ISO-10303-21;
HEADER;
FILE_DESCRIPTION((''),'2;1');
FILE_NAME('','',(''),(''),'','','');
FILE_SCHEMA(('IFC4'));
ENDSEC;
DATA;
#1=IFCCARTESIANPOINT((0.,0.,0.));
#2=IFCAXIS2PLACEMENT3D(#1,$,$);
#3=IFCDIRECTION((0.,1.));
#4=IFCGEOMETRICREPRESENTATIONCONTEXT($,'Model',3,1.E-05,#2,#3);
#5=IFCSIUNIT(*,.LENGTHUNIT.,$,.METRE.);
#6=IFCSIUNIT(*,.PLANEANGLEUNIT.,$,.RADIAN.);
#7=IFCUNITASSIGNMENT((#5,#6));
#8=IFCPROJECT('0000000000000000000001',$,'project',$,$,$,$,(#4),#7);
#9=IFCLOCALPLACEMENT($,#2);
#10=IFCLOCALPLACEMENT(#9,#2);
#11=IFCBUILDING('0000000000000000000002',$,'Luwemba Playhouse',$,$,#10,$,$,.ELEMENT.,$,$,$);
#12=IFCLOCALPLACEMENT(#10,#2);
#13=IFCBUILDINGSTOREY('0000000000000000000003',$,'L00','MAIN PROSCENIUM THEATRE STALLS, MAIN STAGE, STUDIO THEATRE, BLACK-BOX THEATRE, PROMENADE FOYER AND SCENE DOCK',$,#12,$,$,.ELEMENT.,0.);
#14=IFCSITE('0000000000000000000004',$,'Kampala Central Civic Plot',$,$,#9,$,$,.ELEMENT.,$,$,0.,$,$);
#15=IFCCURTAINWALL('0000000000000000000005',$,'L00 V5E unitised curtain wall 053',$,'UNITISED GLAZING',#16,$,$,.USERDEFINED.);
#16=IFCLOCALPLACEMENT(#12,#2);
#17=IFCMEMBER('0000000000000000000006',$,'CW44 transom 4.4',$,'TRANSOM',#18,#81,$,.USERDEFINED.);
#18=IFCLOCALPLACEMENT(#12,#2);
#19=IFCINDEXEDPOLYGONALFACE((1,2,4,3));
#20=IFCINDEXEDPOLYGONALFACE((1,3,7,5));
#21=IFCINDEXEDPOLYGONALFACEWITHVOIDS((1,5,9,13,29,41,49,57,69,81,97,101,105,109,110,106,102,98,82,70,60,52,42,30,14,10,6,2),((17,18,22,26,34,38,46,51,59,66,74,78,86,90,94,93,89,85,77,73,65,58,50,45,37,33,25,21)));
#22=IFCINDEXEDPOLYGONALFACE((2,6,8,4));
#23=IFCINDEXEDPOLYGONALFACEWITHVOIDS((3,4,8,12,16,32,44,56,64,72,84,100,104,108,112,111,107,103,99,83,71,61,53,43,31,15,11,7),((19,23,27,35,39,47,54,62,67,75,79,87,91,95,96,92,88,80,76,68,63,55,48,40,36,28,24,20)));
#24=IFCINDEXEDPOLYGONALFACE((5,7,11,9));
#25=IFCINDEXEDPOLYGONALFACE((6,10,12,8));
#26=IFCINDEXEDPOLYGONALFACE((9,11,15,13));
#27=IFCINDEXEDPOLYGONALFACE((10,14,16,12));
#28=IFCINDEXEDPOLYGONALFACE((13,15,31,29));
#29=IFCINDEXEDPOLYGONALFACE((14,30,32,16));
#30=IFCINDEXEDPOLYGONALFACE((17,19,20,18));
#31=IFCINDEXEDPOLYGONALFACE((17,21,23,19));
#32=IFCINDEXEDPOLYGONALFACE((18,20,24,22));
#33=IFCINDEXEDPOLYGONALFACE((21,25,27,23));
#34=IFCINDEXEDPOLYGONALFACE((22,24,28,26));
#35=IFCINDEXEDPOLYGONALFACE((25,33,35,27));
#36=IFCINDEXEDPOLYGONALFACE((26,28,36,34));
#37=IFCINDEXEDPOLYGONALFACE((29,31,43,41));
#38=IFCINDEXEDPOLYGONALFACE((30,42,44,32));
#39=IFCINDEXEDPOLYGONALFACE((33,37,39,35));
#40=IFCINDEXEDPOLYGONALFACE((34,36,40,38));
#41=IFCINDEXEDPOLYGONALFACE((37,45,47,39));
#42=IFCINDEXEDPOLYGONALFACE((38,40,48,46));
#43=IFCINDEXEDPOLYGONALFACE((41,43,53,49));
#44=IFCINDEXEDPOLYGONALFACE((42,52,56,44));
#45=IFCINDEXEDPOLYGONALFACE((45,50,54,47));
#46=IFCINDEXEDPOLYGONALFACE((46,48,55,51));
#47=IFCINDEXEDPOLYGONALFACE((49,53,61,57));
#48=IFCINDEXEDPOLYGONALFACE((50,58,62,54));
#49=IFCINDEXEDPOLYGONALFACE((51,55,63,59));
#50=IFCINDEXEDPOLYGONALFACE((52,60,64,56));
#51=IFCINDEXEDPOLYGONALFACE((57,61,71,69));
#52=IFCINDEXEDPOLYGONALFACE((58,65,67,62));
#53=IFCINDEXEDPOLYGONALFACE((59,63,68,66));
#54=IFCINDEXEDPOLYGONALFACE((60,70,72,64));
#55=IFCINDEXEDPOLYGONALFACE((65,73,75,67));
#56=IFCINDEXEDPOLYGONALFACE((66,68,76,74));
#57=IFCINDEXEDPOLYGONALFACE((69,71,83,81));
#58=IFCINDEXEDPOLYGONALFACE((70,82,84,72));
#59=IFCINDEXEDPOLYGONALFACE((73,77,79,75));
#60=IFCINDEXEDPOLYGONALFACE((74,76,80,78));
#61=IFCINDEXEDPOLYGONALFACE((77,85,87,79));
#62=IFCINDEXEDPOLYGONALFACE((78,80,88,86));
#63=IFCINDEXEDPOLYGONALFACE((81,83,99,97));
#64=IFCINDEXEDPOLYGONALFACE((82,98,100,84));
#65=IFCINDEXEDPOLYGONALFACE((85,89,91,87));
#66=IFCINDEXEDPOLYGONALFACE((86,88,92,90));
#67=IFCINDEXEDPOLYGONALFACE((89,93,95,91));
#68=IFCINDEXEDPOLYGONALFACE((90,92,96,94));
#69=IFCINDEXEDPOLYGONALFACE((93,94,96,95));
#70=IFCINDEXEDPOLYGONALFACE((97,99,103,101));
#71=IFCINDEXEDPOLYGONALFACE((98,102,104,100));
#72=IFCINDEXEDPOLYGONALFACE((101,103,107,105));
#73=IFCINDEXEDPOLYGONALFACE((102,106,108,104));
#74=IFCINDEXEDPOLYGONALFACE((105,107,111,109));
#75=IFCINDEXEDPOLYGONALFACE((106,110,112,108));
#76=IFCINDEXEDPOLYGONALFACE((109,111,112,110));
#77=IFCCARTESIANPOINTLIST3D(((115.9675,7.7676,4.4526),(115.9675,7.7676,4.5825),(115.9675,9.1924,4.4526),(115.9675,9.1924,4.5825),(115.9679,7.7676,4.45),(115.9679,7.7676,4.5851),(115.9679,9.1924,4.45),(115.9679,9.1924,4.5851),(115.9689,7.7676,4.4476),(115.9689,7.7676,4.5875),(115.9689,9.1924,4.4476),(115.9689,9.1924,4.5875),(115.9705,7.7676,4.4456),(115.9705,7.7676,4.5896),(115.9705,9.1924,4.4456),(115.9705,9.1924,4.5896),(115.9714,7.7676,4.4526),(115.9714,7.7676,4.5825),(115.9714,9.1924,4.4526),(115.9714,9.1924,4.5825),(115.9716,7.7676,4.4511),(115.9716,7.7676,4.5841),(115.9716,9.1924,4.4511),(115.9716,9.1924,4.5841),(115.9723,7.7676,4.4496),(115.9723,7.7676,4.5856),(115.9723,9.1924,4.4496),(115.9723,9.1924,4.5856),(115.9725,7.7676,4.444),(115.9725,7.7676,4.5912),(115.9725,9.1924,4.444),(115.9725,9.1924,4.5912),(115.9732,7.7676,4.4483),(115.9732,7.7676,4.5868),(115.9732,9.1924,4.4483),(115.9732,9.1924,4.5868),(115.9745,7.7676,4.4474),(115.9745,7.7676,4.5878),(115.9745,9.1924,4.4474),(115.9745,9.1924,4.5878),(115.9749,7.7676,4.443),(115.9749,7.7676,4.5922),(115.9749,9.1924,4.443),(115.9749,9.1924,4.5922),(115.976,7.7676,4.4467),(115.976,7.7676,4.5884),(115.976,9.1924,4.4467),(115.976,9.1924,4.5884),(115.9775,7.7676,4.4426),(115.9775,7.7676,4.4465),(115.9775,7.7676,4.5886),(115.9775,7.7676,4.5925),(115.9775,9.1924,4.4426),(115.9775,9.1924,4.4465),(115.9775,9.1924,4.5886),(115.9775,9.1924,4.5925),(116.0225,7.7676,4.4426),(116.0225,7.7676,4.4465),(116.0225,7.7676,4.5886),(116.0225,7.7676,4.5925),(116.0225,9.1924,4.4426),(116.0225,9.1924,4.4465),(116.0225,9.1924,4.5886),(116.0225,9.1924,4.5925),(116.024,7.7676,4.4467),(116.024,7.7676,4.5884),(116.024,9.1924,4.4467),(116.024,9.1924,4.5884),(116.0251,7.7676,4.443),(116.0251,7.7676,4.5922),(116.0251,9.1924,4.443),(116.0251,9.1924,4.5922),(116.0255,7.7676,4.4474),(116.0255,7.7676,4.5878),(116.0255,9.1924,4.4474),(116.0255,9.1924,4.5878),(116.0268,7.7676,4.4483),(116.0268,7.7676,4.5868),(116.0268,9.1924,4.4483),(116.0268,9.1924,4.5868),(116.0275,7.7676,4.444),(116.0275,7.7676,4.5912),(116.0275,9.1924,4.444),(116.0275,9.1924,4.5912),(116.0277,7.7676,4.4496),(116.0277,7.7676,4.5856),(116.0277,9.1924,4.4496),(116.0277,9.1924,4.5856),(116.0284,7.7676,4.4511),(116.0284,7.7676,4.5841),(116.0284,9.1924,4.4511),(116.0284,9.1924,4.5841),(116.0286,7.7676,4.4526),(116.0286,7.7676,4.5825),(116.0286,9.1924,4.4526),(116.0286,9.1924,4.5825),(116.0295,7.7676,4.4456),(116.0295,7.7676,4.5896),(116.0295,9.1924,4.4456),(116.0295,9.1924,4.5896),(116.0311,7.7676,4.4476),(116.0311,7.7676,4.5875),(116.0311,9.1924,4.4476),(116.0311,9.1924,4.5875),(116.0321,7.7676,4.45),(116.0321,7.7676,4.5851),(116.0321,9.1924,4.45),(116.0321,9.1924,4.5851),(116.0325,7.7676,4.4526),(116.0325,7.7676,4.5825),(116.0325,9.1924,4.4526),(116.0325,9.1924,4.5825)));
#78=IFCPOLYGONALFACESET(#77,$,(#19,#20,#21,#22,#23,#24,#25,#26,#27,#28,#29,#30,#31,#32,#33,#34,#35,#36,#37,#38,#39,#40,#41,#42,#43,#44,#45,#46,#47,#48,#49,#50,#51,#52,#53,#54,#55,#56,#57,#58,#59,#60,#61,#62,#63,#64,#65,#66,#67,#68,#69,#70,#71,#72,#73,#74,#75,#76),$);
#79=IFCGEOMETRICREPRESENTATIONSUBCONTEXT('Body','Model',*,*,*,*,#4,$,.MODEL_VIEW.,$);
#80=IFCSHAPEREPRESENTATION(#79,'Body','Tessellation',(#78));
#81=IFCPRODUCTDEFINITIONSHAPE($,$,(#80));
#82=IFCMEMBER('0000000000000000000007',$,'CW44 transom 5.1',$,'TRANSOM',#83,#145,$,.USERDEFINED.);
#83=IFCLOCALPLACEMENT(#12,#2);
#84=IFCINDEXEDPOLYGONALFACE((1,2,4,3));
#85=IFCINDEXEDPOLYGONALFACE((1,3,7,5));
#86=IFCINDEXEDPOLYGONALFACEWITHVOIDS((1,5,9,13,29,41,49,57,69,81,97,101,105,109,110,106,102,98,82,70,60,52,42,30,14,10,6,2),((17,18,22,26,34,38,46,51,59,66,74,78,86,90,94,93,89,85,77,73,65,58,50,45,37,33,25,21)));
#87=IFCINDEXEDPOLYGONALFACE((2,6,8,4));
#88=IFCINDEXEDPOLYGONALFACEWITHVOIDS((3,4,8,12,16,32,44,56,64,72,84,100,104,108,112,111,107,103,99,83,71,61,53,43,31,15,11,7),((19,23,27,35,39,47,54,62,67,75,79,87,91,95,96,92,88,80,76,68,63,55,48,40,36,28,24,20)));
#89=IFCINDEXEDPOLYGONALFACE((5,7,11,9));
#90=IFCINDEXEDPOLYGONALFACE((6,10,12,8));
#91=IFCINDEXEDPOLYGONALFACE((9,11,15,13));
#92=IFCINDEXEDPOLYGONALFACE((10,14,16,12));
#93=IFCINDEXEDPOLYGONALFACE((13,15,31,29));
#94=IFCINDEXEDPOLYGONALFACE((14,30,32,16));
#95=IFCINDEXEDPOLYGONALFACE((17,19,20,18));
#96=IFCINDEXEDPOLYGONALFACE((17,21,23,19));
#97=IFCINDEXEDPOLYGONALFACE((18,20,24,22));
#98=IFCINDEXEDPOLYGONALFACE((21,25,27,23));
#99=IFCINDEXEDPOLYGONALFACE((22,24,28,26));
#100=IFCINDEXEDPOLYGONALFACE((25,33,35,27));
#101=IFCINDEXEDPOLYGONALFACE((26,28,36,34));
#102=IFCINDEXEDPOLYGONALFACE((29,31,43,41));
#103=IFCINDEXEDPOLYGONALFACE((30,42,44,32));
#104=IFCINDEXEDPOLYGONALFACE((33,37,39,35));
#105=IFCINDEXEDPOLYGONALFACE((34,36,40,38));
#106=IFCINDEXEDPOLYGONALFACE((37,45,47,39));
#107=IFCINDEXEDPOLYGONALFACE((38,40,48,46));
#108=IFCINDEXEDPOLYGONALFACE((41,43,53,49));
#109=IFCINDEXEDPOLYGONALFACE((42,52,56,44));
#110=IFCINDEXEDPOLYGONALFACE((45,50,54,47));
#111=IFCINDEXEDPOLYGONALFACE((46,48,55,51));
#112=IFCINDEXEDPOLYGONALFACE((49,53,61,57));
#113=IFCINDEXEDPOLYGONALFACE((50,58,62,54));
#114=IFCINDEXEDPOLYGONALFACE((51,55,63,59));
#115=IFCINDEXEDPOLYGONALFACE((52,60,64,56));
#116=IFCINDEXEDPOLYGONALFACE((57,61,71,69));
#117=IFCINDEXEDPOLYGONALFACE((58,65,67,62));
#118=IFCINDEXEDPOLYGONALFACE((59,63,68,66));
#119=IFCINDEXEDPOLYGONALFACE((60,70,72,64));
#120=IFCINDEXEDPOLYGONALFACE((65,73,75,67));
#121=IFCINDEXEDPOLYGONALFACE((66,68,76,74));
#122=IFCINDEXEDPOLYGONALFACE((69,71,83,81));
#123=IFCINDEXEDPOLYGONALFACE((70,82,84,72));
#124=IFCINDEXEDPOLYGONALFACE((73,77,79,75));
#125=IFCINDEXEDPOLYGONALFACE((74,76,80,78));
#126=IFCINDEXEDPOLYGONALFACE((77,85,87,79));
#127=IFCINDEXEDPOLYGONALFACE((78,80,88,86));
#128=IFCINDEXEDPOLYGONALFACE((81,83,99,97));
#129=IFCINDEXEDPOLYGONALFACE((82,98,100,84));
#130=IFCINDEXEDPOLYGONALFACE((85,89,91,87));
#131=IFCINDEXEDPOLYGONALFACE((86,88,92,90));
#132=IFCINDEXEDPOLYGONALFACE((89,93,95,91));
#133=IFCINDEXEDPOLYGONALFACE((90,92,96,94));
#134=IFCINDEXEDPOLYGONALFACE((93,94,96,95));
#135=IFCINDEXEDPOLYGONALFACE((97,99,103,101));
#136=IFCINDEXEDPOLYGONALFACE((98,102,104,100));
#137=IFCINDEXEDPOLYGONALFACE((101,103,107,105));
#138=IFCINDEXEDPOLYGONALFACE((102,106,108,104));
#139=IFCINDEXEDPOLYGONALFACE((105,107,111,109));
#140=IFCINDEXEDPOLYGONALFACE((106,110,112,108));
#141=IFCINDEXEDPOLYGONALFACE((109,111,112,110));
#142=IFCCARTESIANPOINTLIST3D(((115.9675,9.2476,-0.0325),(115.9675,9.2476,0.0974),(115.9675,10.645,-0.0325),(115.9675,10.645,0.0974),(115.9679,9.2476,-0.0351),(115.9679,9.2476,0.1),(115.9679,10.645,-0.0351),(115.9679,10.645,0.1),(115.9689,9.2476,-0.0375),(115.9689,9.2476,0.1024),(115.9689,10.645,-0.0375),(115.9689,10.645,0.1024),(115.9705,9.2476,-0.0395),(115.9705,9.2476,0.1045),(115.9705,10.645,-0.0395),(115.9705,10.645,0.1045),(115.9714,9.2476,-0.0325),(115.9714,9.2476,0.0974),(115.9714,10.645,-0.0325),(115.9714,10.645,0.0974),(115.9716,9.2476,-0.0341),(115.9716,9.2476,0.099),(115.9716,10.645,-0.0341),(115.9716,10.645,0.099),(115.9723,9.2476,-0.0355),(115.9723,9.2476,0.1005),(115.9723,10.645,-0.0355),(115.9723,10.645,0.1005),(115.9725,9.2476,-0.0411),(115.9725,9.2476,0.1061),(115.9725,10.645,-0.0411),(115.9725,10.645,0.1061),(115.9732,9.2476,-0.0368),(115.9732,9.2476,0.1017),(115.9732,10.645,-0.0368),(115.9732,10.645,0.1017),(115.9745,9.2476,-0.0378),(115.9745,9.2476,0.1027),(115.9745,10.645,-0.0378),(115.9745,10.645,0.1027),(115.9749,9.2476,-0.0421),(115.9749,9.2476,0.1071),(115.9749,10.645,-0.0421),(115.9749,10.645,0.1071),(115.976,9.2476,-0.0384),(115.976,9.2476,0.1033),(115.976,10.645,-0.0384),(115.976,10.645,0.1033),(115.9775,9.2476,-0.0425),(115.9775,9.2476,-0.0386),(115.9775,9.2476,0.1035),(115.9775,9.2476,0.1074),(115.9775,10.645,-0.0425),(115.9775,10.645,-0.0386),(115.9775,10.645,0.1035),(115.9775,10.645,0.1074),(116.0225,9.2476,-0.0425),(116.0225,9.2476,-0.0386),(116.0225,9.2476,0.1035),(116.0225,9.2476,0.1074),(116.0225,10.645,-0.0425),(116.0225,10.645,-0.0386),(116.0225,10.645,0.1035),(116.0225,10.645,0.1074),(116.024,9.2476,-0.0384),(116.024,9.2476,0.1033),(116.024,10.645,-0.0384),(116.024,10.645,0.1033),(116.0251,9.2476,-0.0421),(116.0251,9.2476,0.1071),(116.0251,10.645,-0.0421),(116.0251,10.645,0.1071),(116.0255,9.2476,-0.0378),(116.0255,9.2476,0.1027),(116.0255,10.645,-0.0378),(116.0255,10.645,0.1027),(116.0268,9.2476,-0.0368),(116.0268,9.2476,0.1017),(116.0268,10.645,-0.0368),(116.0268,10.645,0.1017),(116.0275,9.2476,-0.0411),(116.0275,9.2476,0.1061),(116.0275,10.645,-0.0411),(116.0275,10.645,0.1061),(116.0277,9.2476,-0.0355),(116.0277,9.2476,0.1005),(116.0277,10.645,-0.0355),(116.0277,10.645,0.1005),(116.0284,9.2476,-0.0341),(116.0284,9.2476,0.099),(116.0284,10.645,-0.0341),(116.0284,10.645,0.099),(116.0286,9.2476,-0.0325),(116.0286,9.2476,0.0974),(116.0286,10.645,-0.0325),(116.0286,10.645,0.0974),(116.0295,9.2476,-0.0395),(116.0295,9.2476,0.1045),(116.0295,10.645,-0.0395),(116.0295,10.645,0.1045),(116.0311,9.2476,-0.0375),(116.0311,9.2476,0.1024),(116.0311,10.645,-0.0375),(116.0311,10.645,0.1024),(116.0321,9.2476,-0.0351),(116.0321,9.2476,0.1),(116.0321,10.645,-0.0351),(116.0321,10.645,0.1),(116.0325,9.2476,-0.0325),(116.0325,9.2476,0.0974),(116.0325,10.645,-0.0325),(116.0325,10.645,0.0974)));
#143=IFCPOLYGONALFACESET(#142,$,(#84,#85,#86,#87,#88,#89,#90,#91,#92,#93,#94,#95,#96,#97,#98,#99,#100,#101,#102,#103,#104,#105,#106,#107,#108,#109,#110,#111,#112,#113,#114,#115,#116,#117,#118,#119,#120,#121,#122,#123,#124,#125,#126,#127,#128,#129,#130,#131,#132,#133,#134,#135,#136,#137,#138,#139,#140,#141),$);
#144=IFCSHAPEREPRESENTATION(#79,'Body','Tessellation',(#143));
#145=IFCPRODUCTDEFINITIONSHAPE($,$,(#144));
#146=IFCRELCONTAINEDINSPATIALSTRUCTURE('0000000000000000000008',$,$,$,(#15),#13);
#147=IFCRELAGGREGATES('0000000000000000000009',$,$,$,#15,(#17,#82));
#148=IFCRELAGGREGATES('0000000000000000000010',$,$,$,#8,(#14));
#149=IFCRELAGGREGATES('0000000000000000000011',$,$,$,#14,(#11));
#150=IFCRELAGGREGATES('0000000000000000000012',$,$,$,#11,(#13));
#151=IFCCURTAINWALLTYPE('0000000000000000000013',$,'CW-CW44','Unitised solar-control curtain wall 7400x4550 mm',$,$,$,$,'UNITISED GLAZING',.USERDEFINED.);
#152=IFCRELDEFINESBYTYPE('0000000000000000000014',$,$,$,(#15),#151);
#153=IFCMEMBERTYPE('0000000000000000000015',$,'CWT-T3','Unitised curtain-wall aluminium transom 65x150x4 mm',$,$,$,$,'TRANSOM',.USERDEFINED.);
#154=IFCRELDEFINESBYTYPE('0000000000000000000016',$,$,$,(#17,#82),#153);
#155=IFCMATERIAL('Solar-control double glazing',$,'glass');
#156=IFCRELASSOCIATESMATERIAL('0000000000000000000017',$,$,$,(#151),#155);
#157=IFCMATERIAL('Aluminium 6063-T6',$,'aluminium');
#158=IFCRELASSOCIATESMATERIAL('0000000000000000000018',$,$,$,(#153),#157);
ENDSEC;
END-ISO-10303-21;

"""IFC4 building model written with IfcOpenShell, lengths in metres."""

from ifc_helpers import new_model, si_unit, direction, frame, origin, origin_2d, place, context, subcontext, project, spatial, hollow_rectangle, extrude, material, material_profile, profile_set, type_object, element, aggregate, save


model = new_model("IFC4")

# Units and contexts
model_context = context("Model", 3, precision=1e-05, world=origin(), true_north=direction((0.0, 1.0)))
body_context = subcontext(model_context, "Body", "Model", "MODEL_VIEW")
ifc_project = project(units=[si_unit("LENGTHUNIT", "METRE"), si_unit("PLANEANGLEUNIT", "RADIAN")], contexts=[model_context])

# Site, building, storey
site_placement = place(None, origin())
site = spatial("IfcSite", under=ifc_project, at=site_placement, Name="Kampala Central Civic Plot", CompositionType="ELEMENT", RefElevation=0.0)
building_placement = place(site_placement, origin())
building = spatial("IfcBuilding", under=site, at=building_placement, Name="Luwemba Playhouse", CompositionType="ELEMENT")
storey_placement = place(building_placement, origin())
storey = spatial("IfcBuildingStorey", under=building, at=storey_placement, Name="L00", Description="MAIN PROSCENIUM THEATRE STALLS, MAIN STAGE, STUDIO THEATRE, BLACK-BOX THEATRE, PROMENADE FOYER AND SCENE DOCK", CompositionType="ELEMENT", Elevation=0.0)

# Curtain wall
ifc_material_1 = material(Name="Solar-control double glazing", Category="glass")
curtain_wall_type_1 = type_object("IfcCurtainWallType", Name="CW-CW44", Description="Unitised solar-control curtain wall 7400x4550 mm", ElementType="UNITISED GLAZING", PredefinedType="USERDEFINED", material=ifc_material_1)
curtain_wall_1_placement = place(storey_placement, origin())
curtain_wall_1 = element("IfcCurtainWall", 1, at=curtain_wall_1_placement, inside=storey, type_object=curtain_wall_type_1, Name="L00 V5E unitised curtain wall 053", ObjectType="UNITISED GLAZING", PredefinedType="USERDEFINED")
ifc_material_2 = material(Name="Aluminium 6063-T6", Category="aluminium")

# Members
ifc_material_profile_1 = material_profile(ifc_material_2, hollow_rectangle(XDim=0.0649, YDim=0.1499, WallThickness=0.0039, InnerFilletRadius=0.0061, OuterFilletRadius=0.01, at=origin_2d()))
ifc_profile_set_1 = profile_set([ifc_material_profile_1], Name="Aluminium 6063-T6")
member_type_1 = type_object("IfcMemberType", Name="CWT-T3", Description="Unitised curtain-wall aluminium transom 65x150x4 mm", ElementType="TRANSOM", PredefinedType="USERDEFINED", material=ifc_profile_set_1)
member_1_placement = place(storey_placement, frame((116.0, 7.7676, 4.5176), z_axis=(0.0, 1.0, 0.0), x_axis=(-1.0, 0.0, 0.0)))
member_1 = element("IfcMember", 2, at=member_1_placement, type_object=member_type_1, Name="CW44 transom 4.4", ObjectType="TRANSOM", PredefinedType="USERDEFINED", context=body_context, shape_type="SweptSolid", body=[
    extrude(hollow_rectangle(XDim=0.0649, YDim=0.1499, WallThickness=0.0039, InnerFilletRadius=0.0061, OuterFilletRadius=0.01, at=origin_2d()), origin(), (0.0, 0.0, 1.0), 1.4248),
])
member_2_placement = place(storey_placement, frame((116.0, 9.2476, 0.0325), z_axis=(0.0, 1.0, 0.0), x_axis=(-1.0, 0.0, 0.0)))
member_2 = element("IfcMember", 3, at=member_2_placement, type_object=member_type_1, Name="CW44 transom 5.1", ObjectType="TRANSOM", PredefinedType="USERDEFINED", context=body_context, shape_type="SweptSolid", body=[
    extrude(hollow_rectangle(XDim=0.0649, YDim=0.1499, WallThickness=0.0039, InnerFilletRadius=0.0061, OuterFilletRadius=0.01, at=origin_2d()), origin(), (0.0, 0.0, 1.0), 1.3975),
])

aggregate(curtain_wall_1, [member_1, member_2])

save(model, "model.ifc")
